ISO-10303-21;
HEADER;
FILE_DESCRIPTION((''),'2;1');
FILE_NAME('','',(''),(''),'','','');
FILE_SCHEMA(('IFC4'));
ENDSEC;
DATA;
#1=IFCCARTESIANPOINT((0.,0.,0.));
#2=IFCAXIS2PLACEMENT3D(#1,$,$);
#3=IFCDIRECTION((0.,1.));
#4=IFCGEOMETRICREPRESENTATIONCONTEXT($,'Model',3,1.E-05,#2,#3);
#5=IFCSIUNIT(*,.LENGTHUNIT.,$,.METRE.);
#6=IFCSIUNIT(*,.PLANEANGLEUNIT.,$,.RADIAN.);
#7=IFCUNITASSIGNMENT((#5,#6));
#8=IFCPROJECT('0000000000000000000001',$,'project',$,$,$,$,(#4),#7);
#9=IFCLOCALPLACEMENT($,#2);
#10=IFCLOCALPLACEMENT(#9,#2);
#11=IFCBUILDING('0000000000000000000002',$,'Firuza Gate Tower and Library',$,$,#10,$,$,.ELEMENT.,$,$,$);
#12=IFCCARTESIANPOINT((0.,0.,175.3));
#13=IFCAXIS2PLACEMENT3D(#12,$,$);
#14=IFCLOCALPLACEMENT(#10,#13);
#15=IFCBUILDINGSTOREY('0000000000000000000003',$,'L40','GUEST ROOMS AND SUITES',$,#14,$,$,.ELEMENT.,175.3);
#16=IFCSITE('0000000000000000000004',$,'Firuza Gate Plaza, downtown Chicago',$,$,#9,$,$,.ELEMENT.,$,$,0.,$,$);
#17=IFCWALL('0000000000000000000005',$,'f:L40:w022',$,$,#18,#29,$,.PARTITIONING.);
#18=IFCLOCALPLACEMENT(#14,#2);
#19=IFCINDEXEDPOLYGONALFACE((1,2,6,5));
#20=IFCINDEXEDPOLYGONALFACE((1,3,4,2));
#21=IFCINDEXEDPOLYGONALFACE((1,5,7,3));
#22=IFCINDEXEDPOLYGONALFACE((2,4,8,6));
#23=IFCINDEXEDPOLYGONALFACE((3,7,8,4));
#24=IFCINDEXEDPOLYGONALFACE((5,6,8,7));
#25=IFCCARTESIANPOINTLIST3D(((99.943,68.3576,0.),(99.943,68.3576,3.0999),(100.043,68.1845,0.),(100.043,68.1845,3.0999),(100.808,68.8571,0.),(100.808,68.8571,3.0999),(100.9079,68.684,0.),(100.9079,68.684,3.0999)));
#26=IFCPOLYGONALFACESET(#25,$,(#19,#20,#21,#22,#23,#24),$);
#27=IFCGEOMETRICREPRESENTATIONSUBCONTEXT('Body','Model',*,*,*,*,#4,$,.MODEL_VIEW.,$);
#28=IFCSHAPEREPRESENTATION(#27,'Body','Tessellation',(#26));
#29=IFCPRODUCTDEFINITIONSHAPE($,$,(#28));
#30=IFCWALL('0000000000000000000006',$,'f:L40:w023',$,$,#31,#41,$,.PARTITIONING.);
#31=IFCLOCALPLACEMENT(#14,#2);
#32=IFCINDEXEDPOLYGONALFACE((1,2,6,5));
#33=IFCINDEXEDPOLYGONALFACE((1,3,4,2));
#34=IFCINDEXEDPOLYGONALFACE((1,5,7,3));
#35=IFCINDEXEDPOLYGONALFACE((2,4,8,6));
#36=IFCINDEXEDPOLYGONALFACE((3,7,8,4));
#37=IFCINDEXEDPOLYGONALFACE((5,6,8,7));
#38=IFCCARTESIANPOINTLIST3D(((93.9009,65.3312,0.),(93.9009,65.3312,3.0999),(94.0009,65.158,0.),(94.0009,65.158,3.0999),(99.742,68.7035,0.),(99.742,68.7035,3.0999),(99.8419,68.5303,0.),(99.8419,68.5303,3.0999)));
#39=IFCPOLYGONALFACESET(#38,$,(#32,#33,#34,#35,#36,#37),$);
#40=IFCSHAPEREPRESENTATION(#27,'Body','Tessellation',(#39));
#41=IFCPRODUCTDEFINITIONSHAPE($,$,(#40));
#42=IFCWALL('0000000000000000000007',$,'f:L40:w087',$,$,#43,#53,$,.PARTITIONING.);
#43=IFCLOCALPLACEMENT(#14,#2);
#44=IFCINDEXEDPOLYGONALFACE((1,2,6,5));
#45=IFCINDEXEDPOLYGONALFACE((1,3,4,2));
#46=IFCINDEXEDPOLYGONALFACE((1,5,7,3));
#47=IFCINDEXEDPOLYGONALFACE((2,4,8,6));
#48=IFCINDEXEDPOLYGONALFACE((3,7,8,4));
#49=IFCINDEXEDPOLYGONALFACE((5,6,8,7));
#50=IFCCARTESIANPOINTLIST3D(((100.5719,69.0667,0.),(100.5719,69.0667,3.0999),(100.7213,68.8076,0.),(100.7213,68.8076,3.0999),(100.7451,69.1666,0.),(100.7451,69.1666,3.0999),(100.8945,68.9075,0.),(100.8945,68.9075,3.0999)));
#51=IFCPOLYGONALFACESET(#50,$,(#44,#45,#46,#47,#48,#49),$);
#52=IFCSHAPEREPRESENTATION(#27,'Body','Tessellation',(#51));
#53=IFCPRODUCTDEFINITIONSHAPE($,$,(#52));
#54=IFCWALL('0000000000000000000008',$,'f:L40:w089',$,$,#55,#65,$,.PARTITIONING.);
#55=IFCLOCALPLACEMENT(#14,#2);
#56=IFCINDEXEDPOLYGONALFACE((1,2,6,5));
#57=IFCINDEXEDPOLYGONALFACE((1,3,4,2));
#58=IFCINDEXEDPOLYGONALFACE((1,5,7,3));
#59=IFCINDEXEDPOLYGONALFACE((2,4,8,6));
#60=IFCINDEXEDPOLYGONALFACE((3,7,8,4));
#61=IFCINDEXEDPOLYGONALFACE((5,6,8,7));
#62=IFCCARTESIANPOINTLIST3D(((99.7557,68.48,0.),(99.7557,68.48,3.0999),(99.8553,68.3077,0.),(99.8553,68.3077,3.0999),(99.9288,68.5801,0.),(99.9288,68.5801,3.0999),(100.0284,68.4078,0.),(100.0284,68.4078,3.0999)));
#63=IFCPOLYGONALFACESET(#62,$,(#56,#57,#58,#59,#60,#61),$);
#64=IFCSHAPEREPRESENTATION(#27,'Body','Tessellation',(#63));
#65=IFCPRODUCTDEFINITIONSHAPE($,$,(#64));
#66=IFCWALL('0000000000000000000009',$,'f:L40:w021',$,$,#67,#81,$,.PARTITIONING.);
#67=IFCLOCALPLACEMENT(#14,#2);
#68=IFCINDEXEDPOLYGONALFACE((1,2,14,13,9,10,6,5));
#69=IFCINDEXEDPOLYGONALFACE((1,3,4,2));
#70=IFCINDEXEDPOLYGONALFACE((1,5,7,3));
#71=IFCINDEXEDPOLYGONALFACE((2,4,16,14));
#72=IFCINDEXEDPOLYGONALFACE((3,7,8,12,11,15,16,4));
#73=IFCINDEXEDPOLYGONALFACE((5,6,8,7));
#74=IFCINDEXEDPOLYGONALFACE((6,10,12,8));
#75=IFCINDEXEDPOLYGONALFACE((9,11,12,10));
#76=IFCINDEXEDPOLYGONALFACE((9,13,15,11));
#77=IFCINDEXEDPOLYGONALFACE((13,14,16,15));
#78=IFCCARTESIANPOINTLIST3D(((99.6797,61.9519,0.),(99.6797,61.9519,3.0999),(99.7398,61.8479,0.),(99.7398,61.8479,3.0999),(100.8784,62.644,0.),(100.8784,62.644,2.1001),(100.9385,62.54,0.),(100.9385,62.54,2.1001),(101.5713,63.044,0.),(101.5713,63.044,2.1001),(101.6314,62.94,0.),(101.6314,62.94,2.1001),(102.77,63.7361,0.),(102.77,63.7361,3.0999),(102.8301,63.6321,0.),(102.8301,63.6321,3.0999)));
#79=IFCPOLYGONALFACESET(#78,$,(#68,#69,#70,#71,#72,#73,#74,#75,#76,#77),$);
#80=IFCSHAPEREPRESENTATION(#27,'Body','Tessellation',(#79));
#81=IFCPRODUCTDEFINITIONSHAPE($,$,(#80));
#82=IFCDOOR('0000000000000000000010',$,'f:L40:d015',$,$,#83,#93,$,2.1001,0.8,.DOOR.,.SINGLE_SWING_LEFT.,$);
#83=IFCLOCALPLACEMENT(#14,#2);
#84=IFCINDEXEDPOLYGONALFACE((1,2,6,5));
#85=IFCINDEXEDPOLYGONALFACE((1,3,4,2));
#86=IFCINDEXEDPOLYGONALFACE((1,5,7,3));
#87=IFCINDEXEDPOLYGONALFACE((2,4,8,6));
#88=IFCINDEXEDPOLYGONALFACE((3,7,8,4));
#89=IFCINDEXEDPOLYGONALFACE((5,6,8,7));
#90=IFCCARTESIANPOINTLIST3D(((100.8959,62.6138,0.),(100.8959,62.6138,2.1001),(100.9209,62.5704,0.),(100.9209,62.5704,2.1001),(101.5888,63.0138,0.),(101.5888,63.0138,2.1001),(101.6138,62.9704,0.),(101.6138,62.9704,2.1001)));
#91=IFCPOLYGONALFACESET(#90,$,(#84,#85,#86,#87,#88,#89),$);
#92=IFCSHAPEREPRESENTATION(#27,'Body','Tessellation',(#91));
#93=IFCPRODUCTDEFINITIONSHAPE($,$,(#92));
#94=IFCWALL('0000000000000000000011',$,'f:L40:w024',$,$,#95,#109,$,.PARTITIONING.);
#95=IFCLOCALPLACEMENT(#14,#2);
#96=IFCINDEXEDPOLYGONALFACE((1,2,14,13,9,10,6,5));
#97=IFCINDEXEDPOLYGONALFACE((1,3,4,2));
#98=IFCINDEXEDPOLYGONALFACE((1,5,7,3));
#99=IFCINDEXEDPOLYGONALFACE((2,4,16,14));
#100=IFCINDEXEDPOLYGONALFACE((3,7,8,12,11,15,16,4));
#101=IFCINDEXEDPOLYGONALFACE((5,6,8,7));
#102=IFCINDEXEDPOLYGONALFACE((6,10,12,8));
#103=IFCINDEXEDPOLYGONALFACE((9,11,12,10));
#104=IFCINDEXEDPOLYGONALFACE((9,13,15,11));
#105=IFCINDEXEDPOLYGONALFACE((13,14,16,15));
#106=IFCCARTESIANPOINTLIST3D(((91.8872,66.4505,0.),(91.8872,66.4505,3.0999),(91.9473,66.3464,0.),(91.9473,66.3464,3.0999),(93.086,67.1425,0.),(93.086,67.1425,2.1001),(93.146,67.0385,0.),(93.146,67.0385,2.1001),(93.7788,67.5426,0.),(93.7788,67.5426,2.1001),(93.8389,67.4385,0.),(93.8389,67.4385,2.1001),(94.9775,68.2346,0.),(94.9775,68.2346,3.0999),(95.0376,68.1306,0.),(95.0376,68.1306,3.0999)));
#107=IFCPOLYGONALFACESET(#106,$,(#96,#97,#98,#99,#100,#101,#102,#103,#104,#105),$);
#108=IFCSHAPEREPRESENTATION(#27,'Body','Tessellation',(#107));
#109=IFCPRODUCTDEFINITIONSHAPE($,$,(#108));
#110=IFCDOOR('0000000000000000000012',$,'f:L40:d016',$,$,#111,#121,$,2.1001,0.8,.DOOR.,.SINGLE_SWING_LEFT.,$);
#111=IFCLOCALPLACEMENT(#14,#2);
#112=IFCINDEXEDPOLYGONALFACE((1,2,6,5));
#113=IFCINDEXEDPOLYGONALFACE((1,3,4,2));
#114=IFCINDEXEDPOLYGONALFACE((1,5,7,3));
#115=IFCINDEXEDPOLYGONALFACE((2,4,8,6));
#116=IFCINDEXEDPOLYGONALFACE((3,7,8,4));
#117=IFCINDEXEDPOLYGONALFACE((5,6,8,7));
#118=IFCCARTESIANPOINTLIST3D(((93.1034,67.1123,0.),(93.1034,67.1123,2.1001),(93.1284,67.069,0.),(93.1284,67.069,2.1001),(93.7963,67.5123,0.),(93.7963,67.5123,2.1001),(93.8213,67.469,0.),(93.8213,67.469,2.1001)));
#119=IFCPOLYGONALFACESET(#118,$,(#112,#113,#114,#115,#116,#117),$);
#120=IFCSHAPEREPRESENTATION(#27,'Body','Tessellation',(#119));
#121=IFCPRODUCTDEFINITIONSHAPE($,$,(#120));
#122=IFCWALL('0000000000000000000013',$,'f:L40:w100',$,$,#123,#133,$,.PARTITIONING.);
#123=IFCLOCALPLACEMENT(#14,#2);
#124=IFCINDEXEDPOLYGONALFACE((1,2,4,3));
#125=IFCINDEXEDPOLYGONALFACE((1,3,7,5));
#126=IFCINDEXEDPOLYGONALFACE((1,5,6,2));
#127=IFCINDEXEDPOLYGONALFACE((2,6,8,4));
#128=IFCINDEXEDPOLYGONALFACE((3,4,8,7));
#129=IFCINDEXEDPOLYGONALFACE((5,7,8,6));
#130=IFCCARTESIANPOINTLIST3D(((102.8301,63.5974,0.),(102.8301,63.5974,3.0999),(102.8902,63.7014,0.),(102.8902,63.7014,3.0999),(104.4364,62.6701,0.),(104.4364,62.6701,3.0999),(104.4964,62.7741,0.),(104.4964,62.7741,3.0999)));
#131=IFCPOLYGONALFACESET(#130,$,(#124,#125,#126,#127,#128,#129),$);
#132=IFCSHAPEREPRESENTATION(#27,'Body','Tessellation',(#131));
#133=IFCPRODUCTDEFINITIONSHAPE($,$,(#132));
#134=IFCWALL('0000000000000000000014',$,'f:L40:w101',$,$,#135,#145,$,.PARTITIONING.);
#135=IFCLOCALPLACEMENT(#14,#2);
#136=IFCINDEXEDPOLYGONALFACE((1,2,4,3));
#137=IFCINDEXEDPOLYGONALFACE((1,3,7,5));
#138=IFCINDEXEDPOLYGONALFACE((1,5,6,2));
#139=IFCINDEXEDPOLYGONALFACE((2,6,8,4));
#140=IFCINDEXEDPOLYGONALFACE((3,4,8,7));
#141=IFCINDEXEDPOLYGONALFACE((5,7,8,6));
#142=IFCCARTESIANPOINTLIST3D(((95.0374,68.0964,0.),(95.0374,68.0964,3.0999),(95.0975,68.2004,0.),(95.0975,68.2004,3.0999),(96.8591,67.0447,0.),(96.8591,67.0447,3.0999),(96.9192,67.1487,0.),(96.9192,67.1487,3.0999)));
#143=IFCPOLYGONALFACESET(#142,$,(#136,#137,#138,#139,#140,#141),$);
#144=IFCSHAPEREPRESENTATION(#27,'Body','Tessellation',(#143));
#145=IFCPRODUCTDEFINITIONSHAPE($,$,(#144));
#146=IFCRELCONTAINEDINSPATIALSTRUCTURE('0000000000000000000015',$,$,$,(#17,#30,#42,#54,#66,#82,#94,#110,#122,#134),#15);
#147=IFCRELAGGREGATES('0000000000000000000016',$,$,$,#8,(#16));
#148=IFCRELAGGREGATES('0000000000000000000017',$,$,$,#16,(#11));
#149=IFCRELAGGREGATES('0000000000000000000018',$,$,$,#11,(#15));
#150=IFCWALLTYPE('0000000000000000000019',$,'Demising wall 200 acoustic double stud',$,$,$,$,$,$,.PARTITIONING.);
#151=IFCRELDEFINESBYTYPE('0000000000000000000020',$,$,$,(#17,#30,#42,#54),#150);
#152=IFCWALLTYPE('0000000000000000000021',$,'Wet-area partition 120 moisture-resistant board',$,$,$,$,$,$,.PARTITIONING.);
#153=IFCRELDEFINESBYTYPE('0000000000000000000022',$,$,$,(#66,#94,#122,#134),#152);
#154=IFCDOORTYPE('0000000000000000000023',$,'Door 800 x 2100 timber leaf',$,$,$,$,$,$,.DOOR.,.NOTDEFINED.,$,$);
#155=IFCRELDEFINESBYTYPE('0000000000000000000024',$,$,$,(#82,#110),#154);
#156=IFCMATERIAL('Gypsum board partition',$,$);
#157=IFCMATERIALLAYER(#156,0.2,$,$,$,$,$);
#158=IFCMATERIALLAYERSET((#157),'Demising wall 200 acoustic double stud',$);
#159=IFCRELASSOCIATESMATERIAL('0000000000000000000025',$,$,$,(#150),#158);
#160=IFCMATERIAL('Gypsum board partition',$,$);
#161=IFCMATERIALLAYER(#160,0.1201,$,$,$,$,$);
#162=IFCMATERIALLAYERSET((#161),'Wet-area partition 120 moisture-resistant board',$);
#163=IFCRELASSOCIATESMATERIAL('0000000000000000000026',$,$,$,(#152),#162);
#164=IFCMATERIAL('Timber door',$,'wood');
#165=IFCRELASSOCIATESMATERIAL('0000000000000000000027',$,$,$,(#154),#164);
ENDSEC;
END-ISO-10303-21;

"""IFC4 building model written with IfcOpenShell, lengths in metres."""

from ifc_helpers import new_model, si_unit, direction, frame, frame_2d, origin, place, context, subcontext, project, spatial, rectangle, extrude, material, layer, layer_set, type_object, element, fill, save


model = new_model("IFC4")

# Units and contexts
model_context = context("Model", 3, precision=1e-05, world=origin(), true_north=direction((0.0, 1.0)))
body_context = subcontext(model_context, "Body", "Model", "MODEL_VIEW")
ifc_project = project(units=[si_unit("LENGTHUNIT", "METRE"), si_unit("PLANEANGLEUNIT", "RADIAN")], contexts=[model_context])

# Site, building, storey
site_placement = place(None, origin())
site = spatial("IfcSite", under=ifc_project, at=site_placement, Name="Firuza Gate Plaza, downtown Chicago", CompositionType="ELEMENT", RefElevation=0.0)
building_placement = place(site_placement, origin())
building = spatial("IfcBuilding", under=site, at=building_placement, Name="Firuza Gate Tower and Library", CompositionType="ELEMENT")
storey_placement = place(building_placement, frame((0.0, 0.0, 175.3)))
storey = spatial("IfcBuildingStorey", under=building, at=storey_placement, Name="L40", Description="GUEST ROOMS AND SUITES", CompositionType="ELEMENT", Elevation=175.3)

# Walls
ifc_material_1 = material(Name="Gypsum board partition")
ifc_layer_1 = layer(ifc_material_1, 0.2)
ifc_layer_set_1 = layer_set([ifc_layer_1], Name="Demising wall 200 acoustic double stud")
wall_type_1 = type_object("IfcWallType", Name="Demising wall 200 acoustic double stud", PredefinedType="PARTITIONING", material=ifc_layer_set_1)
wall_1_placement = place(storey_placement, frame((99.9929, 68.271, 0.0), z_axis=(0.0, 0.0, 1.0), x_axis=(0.865978, 0.500082, 0.0)))
element("IfcWall", 1, at=wall_1_placement, inside=storey, type_object=wall_type_1, Name="f:L40:w022", PredefinedType="PARTITIONING", context=body_context, shape_type="SweptSolid", body=[
    extrude(rectangle(XDim=0.9988, YDim=0.2, at=frame_2d((0.4995, 0.0))), origin(), (0.0, 0.0, 1.0), 3.0999),
])
wall_2_placement = place(storey_placement, frame((93.9509, 65.2446, 0.0), z_axis=(0.0, 0.0, 1.0), x_axis=(0.866027, 0.499997, 0.0)))
element("IfcWall", 2, at=wall_2_placement, inside=storey, type_object=wall_type_1, Name="f:L40:w023", PredefinedType="PARTITIONING", context=body_context, shape_type="SweptSolid", body=[
    extrude(rectangle(XDim=6.7446, YDim=0.2, at=frame_2d((3.3723, 0.0))), origin(), (0.0, 0.0, 1.0), 3.0999),
])
wall_3_placement = place(storey_placement, frame((100.8079, 68.8577, 0.0), z_axis=(0.0, 0.0, 1.0), x_axis=(-0.499652, 0.866226, 0.0)))
element("IfcWall", 3, at=wall_3_placement, inside=storey, type_object=wall_type_1, Name="f:L40:w087", PredefinedType="PARTITIONING", context=body_context, shape_type="SweptSolid", body=[
    extrude(rectangle(XDim=0.2991, YDim=0.2, at=frame_2d((0.1494, 0.0))), origin(), (0.0, 0.0, 1.0), 3.0999),
])
wall_4_placement = place(storey_placement, frame((99.9419, 68.3577, 0.0), z_axis=(0.0, 0.0, 1.0), x_axis=(-0.500359, 0.865818, 0.0)))
element("IfcWall", 4, at=wall_4_placement, inside=storey, type_object=wall_type_1, Name="f:L40:w089", PredefinedType="PARTITIONING", context=body_context, shape_type="SweptSolid", body=[
    extrude(rectangle(XDim=0.199, YDim=0.2, at=frame_2d((0.0996, 0.0))), origin(), (0.0, 0.0, 1.0), 3.0999),
])

# Walls, openings, doors
ifc_material_2 = material(Name="Gypsum board partition")
ifc_layer_2 = layer(ifc_material_2, 0.1201)
ifc_layer_set_2 = layer_set([ifc_layer_2], Name="Wet-area partition 120 moisture-resistant board")
wall_type_2 = type_object("IfcWallType", Name="Wet-area partition 120 moisture-resistant board", PredefinedType="PARTITIONING", material=ifc_layer_set_2)
wall_5_placement = place(storey_placement, frame((102.8, 63.6841, 0.0), z_axis=(0.0, 0.0, 1.0), x_axis=(-0.866028, -0.499995, 0.0)))
wall_5 = element("IfcWall", 5, at=wall_5_placement, inside=storey, type_object=wall_type_2, Name="f:L40:w021", PredefinedType="PARTITIONING", context=body_context, shape_type="SweptSolid", body=[
    extrude(rectangle(XDim=3.5684, YDim=0.1201, at=frame_2d((1.7842, 0.0))), origin(), (0.0, 0.0, 1.0), 3.0999),
])
opening_1_placement = place(wall_5_placement, frame((1.3843, 0.0, 0.0)))
opening_1 = element("IfcOpeningElement", 6, at=opening_1_placement, cuts=wall_5, PredefinedType="OPENING", context=body_context, shape_type="SweptSolid", body=[
    extrude(rectangle(XDim=0.8, YDim=2.1001, at=frame_2d((0.3999, 1.05))), frame((0.0, 0.0701, 0.0), z_axis=(0.0, -1.0, 0.0), x_axis=(1.0, 0.0, 0.0)), (0.0, 0.0, 1.0), 0.1401),
])
ifc_material_3 = material(Name="Timber door", Category="wood")
door_type = type_object("IfcDoorType", Name="Door 800 x 2100 timber leaf", OperationType="NOTDEFINED", PredefinedType="DOOR", material=ifc_material_3)
door_1_placement = place(opening_1_placement, origin())
door_1 = element("IfcDoor", 7, at=door_1_placement, inside=storey, type_object=door_type, Name="f:L40:d015", OperationType="SINGLE_SWING_LEFT", OverallHeight=2.1001, OverallWidth=0.8, PredefinedType="DOOR", context=body_context, shape_type="SweptSolid", body=[
    extrude(rectangle(XDim=0.8, YDim=2.1001, at=frame_2d((0.3999, 1.05))), frame((0.0, 0.0249, 0.0), z_axis=(0.0, -1.0, 0.0), x_axis=(1.0, 0.0, 0.0)), (0.0, 0.0, 1.0), 0.05),
])
fill(opening_1, door_1)
wall_6_placement = place(storey_placement, frame((95.0076, 68.1826, 0.0), z_axis=(0.0, 0.0, 1.0), x_axis=(-0.866028, -0.499995, 0.0)))
wall_6 = element("IfcWall", 8, at=wall_6_placement, inside=storey, type_object=wall_type_2, Name="f:L40:w024", PredefinedType="PARTITIONING", context=body_context, shape_type="SweptSolid", body=[
    extrude(rectangle(XDim=3.5684, YDim=0.1201, at=frame_2d((1.7842, 0.0))), origin(), (0.0, 0.0, 1.0), 3.0999),
])
opening_2_placement = place(wall_6_placement, frame((1.3843, 0.0, 0.0)))
opening_2 = element("IfcOpeningElement", 9, at=opening_2_placement, cuts=wall_6, PredefinedType="OPENING", context=body_context, shape_type="SweptSolid", body=[
    extrude(rectangle(XDim=0.8, YDim=2.1001, at=frame_2d((0.3999, 1.05))), frame((0.0, 0.0701, 0.0), z_axis=(0.0, -1.0, 0.0), x_axis=(1.0, 0.0, 0.0)), (0.0, 0.0, 1.0), 0.1401),
])
door_2_placement = place(opening_2_placement, origin())
door_2 = element("IfcDoor", 10, at=door_2_placement, inside=storey, type_object=door_type, Name="f:L40:d016", OperationType="SINGLE_SWING_LEFT", OverallHeight=2.1001, OverallWidth=0.8, PredefinedType="DOOR", context=body_context, shape_type="SweptSolid", body=[
    extrude(rectangle(XDim=0.8, YDim=2.1001, at=frame_2d((0.3999, 1.05))), frame((0.0, 0.0249, 0.0), z_axis=(0.0, -1.0, 0.0), x_axis=(1.0, 0.0, 0.0)), (0.0, 0.0, 1.0), 0.05),
])
fill(opening_2, door_2)

# Walls
wall_7_placement = place(storey_placement, frame((104.4663, 62.7222, 0.0), z_axis=(0.0, 0.0, 1.0), x_axis=(-0.866047, 0.499962, 0.0)))
element("IfcWall", 11, at=wall_7_placement, inside=storey, type_object=wall_type_2, Name="f:L40:w100", PredefinedType="PARTITIONING", context=body_context, shape_type="SweptSolid", body=[
    extrude(rectangle(XDim=1.8547, YDim=0.1201, at=frame_2d((0.9272, 0.0))), origin(), (0.0, 0.0, 1.0), 3.0999),
])
wall_8_placement = place(storey_placement, frame((96.8892, 67.0967, 0.0), z_axis=(0.0, 0.0, 1.0), x_axis=(-0.866035, 0.499984, 0.0)))
element("IfcWall", 12, at=wall_8_placement, inside=storey, type_object=wall_type_2, Name="f:L40:w101", PredefinedType="PARTITIONING", context=body_context, shape_type="SweptSolid", body=[
    extrude(rectangle(XDim=2.1035, YDim=0.1201, at=frame_2d((1.0518, 0.0))), origin(), (0.0, 0.0, 1.0), 3.0999),
])

save(model, "model.ifc")
